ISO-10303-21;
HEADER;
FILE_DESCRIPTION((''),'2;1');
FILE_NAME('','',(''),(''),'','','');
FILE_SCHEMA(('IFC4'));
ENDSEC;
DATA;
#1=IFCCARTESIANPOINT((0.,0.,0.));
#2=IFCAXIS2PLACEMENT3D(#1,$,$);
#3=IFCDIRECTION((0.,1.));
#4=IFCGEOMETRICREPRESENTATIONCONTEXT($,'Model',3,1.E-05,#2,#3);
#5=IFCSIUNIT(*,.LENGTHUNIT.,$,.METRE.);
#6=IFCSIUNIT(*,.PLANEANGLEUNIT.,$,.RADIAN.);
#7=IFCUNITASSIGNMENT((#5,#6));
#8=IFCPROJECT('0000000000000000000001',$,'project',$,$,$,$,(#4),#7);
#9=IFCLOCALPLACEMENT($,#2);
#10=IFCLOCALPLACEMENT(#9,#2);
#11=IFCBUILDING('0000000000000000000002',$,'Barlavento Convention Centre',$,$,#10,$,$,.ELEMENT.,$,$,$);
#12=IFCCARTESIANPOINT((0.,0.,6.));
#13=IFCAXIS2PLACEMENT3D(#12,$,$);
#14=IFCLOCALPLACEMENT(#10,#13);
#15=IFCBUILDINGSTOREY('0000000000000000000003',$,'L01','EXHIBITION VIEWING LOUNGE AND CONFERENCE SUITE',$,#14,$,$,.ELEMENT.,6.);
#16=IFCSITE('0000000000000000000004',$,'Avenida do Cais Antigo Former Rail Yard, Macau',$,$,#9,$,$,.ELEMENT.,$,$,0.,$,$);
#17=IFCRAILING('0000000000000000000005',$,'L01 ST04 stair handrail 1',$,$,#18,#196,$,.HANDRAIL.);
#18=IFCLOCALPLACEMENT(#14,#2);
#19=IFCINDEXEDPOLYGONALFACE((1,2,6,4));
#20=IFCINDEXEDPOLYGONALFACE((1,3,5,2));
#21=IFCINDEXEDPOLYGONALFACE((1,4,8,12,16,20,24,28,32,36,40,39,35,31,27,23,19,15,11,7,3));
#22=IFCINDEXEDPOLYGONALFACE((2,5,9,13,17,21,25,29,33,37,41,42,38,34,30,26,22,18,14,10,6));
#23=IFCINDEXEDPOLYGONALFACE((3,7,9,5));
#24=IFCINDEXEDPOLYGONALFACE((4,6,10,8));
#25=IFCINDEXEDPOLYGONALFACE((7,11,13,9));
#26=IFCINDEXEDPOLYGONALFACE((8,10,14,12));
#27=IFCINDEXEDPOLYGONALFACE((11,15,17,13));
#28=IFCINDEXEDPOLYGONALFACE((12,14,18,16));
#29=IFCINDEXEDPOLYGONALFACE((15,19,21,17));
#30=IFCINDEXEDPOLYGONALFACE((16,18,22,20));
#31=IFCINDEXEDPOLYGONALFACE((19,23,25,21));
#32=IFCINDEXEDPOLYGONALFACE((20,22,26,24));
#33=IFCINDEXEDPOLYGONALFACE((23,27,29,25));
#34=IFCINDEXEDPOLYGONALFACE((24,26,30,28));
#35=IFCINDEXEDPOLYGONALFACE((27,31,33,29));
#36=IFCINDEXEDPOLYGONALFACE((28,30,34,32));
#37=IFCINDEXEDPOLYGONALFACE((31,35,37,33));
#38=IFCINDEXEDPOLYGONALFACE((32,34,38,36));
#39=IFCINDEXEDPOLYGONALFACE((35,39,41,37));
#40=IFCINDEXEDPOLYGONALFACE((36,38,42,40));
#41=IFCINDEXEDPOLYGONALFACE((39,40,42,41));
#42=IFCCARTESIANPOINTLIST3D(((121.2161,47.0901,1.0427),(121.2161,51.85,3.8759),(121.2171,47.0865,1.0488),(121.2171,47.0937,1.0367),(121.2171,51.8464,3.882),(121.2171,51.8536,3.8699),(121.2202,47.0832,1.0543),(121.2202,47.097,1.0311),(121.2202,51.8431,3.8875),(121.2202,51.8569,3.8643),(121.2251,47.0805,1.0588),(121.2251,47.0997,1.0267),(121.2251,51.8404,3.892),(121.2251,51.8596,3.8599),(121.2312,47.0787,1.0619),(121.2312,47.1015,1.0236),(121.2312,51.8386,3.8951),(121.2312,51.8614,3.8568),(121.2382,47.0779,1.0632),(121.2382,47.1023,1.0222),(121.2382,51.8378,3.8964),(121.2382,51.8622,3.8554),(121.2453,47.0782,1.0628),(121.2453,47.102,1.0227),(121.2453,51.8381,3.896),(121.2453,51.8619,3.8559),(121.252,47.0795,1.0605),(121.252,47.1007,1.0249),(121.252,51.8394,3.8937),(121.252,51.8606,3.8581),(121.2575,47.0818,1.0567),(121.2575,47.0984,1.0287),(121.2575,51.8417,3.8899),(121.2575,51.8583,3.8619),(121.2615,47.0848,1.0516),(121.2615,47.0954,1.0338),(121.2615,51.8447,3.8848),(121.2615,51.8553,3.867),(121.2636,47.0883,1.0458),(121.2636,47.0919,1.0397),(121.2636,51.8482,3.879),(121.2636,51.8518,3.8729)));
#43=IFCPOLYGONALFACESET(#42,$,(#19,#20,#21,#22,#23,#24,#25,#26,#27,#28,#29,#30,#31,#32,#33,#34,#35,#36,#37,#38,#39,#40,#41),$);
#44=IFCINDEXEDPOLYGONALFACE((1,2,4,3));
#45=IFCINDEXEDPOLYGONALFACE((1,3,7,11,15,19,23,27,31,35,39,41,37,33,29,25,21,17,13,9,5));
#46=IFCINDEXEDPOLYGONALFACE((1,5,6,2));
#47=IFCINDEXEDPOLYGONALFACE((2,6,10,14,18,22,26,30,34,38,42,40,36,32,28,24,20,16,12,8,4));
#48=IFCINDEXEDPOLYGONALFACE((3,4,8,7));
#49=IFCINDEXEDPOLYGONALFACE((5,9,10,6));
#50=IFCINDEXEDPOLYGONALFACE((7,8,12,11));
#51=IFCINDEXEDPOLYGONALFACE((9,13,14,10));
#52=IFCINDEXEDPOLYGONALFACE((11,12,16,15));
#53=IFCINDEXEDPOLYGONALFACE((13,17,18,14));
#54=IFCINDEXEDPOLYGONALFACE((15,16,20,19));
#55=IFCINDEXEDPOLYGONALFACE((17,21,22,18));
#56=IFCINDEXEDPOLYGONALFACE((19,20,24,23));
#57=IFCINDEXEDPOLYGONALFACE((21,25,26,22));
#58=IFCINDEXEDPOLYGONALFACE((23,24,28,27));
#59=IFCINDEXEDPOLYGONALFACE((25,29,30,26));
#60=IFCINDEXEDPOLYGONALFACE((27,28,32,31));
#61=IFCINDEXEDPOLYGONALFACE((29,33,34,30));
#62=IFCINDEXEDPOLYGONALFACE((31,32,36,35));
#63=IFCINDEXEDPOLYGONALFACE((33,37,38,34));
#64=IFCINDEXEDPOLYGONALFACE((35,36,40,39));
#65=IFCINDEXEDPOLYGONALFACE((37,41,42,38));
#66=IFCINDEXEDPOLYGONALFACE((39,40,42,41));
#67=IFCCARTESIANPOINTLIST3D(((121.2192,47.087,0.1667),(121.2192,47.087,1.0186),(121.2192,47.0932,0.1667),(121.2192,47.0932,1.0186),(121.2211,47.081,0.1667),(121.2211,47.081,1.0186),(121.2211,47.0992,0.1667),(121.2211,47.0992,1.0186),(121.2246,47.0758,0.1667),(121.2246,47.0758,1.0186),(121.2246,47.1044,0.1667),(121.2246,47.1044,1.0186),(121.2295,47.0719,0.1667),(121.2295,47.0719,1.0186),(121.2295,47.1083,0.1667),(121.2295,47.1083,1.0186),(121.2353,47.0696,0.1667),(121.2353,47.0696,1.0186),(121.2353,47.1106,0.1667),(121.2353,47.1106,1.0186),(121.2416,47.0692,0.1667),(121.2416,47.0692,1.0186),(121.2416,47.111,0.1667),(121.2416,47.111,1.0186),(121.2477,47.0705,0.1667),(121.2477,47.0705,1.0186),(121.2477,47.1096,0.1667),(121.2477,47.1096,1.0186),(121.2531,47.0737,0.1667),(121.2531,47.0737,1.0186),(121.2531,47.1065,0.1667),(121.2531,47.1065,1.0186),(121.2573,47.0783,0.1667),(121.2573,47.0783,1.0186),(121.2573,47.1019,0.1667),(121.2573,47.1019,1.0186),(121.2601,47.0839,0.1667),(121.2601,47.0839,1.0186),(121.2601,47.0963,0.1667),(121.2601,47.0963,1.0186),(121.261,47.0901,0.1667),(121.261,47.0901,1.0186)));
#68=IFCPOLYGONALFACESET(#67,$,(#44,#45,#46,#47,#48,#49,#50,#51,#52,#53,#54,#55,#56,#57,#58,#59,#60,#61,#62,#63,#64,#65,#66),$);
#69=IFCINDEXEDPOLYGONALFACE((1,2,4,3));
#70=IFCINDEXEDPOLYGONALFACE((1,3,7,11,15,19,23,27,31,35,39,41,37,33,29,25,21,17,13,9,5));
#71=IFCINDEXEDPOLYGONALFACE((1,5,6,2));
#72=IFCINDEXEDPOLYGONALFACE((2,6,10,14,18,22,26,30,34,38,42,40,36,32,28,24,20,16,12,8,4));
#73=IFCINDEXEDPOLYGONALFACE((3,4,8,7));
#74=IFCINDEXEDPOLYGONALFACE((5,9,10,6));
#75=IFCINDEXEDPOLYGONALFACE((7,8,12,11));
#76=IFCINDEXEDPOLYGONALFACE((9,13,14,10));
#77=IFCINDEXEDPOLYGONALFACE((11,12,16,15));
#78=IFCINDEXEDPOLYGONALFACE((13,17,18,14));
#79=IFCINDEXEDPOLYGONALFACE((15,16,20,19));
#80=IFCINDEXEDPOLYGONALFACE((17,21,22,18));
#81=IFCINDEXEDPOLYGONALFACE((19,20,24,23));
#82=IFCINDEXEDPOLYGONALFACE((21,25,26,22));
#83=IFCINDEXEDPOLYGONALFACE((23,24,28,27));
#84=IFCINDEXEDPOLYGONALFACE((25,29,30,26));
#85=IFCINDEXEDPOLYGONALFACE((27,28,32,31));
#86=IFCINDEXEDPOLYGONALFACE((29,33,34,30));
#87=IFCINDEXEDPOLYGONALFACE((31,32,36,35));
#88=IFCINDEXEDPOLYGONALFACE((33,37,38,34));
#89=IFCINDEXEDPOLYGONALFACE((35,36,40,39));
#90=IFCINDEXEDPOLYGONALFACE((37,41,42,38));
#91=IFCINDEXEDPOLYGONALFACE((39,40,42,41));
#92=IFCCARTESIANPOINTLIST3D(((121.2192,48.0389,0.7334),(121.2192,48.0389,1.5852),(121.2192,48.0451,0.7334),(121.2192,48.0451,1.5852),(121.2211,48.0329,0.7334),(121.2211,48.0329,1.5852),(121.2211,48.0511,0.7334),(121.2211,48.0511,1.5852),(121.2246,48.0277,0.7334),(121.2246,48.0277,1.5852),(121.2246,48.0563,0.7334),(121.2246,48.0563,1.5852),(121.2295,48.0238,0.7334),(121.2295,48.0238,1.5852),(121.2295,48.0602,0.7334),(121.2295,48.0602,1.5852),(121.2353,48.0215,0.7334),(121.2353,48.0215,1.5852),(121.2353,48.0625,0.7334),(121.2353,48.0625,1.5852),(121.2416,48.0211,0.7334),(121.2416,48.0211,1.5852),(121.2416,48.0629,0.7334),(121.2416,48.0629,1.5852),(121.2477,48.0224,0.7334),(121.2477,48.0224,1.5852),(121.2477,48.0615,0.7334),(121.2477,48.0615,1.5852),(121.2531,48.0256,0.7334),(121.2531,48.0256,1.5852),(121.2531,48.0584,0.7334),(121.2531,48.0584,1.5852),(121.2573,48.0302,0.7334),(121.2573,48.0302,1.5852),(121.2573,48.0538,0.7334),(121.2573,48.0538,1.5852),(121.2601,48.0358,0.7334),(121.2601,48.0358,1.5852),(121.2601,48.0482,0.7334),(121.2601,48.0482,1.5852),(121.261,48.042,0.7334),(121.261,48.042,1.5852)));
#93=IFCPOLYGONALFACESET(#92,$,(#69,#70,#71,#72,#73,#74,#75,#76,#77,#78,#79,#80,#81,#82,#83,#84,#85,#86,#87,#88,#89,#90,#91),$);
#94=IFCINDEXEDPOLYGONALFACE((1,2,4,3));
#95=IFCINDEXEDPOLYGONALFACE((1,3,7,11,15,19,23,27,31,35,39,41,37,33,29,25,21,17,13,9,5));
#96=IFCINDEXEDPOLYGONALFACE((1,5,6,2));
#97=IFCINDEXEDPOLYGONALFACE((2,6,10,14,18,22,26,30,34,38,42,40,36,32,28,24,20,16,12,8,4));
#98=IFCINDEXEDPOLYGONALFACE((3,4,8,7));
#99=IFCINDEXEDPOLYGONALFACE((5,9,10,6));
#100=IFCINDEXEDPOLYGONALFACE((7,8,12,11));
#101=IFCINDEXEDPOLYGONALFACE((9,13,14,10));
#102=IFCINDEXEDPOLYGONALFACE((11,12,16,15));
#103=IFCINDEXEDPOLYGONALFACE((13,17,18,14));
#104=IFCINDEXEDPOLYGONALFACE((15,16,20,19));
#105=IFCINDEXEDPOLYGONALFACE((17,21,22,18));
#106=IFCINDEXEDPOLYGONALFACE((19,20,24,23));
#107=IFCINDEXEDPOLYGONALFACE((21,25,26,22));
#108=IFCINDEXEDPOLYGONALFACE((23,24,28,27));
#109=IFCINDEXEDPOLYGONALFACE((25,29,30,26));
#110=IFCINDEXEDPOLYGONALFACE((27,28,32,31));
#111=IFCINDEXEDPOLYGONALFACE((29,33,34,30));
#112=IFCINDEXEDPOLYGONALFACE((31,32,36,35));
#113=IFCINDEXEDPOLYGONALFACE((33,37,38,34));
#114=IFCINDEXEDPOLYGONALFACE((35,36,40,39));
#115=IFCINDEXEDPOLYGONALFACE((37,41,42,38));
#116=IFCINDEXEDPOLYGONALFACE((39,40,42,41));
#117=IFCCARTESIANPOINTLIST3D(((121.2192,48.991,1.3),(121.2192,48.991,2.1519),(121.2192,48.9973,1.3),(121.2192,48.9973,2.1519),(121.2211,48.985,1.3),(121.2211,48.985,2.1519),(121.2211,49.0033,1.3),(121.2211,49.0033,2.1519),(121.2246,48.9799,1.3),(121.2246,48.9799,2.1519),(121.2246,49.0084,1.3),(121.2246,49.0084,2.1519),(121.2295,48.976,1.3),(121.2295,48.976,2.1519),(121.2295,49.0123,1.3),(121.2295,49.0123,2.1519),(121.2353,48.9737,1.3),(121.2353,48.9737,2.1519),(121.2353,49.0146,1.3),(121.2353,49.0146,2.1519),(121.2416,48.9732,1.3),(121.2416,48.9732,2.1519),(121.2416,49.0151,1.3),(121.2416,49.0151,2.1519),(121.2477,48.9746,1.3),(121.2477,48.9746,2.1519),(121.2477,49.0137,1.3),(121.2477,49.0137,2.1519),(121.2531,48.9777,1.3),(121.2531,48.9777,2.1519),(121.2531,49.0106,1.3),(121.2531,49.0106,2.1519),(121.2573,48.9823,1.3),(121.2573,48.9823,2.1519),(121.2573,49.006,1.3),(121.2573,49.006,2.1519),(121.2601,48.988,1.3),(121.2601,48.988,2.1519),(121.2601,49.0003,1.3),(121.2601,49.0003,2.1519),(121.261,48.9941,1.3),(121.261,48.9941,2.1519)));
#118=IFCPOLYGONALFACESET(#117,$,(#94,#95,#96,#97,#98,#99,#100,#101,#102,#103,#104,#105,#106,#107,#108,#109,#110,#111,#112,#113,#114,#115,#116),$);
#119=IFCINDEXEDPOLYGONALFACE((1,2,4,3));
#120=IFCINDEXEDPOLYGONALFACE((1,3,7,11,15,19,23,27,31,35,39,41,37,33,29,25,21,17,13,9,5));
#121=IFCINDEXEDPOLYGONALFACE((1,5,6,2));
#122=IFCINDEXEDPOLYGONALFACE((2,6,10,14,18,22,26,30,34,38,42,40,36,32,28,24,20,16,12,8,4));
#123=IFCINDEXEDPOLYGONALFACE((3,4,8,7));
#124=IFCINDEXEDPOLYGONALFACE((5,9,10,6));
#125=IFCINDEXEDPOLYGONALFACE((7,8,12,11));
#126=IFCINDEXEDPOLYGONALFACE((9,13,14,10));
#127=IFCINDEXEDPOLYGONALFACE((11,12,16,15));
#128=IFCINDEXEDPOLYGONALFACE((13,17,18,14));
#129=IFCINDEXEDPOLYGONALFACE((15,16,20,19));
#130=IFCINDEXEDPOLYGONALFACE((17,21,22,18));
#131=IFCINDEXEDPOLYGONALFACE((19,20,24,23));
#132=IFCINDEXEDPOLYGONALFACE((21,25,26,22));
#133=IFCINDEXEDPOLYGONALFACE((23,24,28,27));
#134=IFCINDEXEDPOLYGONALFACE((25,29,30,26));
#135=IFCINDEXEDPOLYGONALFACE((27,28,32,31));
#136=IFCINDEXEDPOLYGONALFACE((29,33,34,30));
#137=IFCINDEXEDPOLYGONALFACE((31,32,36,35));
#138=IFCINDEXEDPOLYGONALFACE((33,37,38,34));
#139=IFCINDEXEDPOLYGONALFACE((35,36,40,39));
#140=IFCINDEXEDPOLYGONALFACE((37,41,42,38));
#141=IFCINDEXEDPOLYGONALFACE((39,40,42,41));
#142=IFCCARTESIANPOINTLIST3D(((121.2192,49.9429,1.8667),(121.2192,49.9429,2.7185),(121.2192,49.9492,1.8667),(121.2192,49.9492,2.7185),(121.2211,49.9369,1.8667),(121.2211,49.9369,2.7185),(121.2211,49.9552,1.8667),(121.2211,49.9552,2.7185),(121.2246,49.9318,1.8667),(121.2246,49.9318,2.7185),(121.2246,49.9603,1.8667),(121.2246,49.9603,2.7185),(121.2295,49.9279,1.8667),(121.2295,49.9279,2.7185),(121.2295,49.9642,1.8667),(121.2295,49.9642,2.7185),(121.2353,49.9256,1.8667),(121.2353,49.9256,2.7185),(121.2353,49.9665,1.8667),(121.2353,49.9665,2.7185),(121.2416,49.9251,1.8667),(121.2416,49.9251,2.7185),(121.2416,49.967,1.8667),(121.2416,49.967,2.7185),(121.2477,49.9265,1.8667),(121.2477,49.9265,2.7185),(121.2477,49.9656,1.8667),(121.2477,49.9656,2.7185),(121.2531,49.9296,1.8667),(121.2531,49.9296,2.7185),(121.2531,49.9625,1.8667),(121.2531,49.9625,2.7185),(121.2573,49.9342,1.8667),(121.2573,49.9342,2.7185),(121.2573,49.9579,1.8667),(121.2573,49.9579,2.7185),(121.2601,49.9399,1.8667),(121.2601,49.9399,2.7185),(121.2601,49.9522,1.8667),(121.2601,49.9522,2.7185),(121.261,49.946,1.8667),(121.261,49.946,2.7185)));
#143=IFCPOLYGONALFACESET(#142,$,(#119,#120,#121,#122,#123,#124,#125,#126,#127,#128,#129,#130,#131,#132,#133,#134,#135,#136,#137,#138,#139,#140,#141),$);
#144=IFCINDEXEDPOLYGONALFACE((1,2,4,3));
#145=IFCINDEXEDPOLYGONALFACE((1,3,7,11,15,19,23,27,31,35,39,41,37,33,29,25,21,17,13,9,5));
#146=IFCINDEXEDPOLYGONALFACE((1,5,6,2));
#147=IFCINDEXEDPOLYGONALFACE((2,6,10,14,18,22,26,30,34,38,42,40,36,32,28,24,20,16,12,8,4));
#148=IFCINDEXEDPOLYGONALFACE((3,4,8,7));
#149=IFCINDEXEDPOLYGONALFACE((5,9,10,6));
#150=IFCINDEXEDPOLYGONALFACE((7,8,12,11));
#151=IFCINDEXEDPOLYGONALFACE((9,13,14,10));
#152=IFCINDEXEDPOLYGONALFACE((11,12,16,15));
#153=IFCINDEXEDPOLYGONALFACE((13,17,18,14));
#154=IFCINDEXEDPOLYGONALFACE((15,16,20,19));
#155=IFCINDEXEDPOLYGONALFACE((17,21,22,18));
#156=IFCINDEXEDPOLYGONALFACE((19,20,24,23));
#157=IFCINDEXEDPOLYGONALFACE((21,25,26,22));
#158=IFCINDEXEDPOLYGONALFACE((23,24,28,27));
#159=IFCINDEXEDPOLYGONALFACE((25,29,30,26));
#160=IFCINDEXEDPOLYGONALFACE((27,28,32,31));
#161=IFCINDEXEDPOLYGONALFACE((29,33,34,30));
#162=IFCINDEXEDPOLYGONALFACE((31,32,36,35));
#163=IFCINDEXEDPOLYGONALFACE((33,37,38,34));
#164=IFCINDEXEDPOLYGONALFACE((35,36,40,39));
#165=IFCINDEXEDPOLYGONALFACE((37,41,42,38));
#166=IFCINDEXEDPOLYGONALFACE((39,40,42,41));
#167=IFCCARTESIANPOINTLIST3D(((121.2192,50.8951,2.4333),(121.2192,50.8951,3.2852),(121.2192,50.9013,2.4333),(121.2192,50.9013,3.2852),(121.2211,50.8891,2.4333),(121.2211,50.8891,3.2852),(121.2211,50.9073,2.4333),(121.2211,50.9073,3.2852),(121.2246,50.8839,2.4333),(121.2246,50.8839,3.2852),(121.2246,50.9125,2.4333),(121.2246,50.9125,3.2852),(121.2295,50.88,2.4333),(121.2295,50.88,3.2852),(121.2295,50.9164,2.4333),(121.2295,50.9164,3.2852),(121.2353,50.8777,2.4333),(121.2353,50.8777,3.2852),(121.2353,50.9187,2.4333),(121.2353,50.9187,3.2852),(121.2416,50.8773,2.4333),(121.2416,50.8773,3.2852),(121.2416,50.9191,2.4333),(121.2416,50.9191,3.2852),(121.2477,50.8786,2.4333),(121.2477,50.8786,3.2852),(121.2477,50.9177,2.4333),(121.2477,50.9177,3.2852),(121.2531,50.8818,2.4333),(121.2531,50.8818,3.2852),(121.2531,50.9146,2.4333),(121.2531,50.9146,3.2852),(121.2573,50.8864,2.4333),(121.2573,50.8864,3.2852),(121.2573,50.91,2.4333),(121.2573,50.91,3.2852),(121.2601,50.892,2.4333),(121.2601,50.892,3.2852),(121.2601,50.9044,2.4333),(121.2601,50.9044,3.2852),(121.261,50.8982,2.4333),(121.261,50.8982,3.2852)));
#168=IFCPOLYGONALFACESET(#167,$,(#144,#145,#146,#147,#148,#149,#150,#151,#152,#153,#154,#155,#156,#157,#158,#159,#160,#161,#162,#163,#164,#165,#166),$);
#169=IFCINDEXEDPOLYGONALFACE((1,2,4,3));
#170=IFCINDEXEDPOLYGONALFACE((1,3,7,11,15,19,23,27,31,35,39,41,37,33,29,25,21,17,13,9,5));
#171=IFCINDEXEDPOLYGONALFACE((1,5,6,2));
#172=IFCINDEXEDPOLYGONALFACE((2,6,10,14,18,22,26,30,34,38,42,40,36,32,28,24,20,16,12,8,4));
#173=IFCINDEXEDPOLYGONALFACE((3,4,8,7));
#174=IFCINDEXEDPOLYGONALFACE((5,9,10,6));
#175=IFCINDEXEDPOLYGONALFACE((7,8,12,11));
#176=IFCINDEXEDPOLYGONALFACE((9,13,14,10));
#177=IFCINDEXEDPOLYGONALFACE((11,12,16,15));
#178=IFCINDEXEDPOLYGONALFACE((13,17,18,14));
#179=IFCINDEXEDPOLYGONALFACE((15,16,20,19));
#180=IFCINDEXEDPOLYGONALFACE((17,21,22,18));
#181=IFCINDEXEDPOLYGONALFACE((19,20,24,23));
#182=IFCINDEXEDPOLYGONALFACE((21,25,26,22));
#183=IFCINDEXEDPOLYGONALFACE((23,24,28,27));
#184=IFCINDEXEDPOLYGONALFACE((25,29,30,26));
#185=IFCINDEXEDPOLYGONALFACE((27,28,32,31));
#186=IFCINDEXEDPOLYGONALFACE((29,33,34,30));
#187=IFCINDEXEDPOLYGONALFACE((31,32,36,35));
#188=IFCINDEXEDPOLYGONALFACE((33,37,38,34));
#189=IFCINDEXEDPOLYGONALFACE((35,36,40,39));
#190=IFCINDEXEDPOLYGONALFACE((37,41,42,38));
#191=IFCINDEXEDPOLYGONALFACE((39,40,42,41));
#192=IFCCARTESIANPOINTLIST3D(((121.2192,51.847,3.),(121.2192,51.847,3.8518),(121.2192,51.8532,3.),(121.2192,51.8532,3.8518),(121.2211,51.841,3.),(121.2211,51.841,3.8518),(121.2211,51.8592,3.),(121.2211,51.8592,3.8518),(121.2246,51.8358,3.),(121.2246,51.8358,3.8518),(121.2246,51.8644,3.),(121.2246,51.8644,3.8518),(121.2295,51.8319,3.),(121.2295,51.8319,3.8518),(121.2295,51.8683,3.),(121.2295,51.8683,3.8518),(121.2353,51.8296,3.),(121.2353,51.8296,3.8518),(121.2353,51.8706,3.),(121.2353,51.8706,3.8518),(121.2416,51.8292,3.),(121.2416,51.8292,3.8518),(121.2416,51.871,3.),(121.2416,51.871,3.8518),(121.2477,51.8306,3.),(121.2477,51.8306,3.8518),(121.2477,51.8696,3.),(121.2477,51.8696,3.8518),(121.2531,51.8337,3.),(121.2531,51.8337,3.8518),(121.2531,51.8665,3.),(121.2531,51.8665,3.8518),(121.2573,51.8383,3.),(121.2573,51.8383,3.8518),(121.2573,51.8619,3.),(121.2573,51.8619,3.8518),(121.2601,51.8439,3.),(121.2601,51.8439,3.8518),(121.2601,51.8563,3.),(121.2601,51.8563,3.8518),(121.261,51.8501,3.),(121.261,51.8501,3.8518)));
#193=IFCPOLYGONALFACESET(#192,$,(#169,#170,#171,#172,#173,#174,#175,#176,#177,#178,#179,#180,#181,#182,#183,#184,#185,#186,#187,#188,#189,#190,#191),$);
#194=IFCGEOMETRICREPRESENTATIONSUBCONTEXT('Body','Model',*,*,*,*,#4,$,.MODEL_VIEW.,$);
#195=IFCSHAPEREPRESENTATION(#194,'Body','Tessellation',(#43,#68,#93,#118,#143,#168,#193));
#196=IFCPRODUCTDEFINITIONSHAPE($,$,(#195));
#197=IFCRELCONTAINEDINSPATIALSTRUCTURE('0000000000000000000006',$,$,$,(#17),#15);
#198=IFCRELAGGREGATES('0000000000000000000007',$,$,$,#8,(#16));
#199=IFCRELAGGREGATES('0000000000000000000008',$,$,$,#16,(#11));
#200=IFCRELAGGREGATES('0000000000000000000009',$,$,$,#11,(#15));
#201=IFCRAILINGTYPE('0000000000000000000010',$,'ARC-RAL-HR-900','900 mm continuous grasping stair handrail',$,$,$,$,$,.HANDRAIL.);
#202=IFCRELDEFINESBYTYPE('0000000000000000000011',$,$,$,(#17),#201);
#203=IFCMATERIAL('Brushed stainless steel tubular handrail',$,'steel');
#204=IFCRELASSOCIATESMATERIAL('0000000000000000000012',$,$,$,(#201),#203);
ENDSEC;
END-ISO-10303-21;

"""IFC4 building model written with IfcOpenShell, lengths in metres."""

from ifc_helpers import new_model, si_unit, direction, frame, origin, origin_2d, place, context, subcontext, project, spatial, circle, extrude, material, type_object, element, save


model = new_model("IFC4")

# Units and contexts
model_context = context("Model", 3, precision=1e-05, world=origin(), true_north=direction((0.0, 1.0)))
body_context = subcontext(model_context, "Body", "Model", "MODEL_VIEW")
ifc_project = project(units=[si_unit("LENGTHUNIT", "METRE"), si_unit("PLANEANGLEUNIT", "RADIAN")], contexts=[model_context])

# Site, building, storey
site_placement = place(None, origin())
site = spatial("IfcSite", under=ifc_project, at=site_placement, Name="Avenida do Cais Antigo Former Rail Yard, Macau", CompositionType="ELEMENT", RefElevation=0.0)
building_placement = place(site_placement, origin())
building = spatial("IfcBuilding", under=site, at=building_placement, Name="Barlavento Convention Centre", CompositionType="ELEMENT")
storey_placement = place(building_placement, frame((0.0, 0.0, 6.0)))
storey = spatial("IfcBuildingStorey", under=building, at=storey_placement, Name="L01", Description="EXHIBITION VIEWING LOUNGE AND CONFERENCE SUITE", CompositionType="ELEMENT", Elevation=6.0)

# Railing
ifc_material_1 = material(Name="Brushed stainless steel tubular handrail", Category="steel")
railing_type_1 = type_object("IfcRailingType", Name="ARC-RAL-HR-900", Description="900 mm continuous grasping stair handrail", PredefinedType="HANDRAIL", material=ifc_material_1)
railing_1_placement = place(storey_placement, frame((121.24, 47.0901, 0.1667)))
element("IfcRailing", 1, at=railing_1_placement, inside=storey, type_object=railing_type_1, Name="L01 ST04 stair handrail 1", PredefinedType="HANDRAIL", context=body_context, shape_type="SweptSolid", body=[
    extrude(circle(Radius=0.0239, at=origin_2d()), frame((0.0, 0.0, 0.876), z_axis=(0.0, 0.8593, 0.511472), x_axis=(-1.0, 0.0, 0.0)), (0.0, 0.0, 1.0), 5.5393),
    extrude(circle(Radius=0.021, at=origin_2d()), origin(), (0.0, 0.0, 1.0), 0.8518),
    extrude(circle(Radius=0.021, at=origin_2d()), frame((0.0, 0.9519, 0.5667)), (0.0, 0.0, 1.0), 0.8518),
    extrude(circle(Radius=0.021, at=origin_2d()), frame((0.0, 1.9041, 1.1333)), (0.0, 0.0, 1.0), 0.8518),
    extrude(circle(Radius=0.021, at=origin_2d()), frame((0.0, 2.856, 1.7)), (0.0, 0.0, 1.0), 0.8518),
    extrude(circle(Radius=0.021, at=origin_2d()), frame((0.0, 3.8081, 2.2666)), (0.0, 0.0, 1.0), 0.8518),
    extrude(circle(Radius=0.021, at=origin_2d()), frame((0.0, 4.76, 2.8333)), (0.0, 0.0, 1.0), 0.8518),
])

save(model, "model.ifc")
